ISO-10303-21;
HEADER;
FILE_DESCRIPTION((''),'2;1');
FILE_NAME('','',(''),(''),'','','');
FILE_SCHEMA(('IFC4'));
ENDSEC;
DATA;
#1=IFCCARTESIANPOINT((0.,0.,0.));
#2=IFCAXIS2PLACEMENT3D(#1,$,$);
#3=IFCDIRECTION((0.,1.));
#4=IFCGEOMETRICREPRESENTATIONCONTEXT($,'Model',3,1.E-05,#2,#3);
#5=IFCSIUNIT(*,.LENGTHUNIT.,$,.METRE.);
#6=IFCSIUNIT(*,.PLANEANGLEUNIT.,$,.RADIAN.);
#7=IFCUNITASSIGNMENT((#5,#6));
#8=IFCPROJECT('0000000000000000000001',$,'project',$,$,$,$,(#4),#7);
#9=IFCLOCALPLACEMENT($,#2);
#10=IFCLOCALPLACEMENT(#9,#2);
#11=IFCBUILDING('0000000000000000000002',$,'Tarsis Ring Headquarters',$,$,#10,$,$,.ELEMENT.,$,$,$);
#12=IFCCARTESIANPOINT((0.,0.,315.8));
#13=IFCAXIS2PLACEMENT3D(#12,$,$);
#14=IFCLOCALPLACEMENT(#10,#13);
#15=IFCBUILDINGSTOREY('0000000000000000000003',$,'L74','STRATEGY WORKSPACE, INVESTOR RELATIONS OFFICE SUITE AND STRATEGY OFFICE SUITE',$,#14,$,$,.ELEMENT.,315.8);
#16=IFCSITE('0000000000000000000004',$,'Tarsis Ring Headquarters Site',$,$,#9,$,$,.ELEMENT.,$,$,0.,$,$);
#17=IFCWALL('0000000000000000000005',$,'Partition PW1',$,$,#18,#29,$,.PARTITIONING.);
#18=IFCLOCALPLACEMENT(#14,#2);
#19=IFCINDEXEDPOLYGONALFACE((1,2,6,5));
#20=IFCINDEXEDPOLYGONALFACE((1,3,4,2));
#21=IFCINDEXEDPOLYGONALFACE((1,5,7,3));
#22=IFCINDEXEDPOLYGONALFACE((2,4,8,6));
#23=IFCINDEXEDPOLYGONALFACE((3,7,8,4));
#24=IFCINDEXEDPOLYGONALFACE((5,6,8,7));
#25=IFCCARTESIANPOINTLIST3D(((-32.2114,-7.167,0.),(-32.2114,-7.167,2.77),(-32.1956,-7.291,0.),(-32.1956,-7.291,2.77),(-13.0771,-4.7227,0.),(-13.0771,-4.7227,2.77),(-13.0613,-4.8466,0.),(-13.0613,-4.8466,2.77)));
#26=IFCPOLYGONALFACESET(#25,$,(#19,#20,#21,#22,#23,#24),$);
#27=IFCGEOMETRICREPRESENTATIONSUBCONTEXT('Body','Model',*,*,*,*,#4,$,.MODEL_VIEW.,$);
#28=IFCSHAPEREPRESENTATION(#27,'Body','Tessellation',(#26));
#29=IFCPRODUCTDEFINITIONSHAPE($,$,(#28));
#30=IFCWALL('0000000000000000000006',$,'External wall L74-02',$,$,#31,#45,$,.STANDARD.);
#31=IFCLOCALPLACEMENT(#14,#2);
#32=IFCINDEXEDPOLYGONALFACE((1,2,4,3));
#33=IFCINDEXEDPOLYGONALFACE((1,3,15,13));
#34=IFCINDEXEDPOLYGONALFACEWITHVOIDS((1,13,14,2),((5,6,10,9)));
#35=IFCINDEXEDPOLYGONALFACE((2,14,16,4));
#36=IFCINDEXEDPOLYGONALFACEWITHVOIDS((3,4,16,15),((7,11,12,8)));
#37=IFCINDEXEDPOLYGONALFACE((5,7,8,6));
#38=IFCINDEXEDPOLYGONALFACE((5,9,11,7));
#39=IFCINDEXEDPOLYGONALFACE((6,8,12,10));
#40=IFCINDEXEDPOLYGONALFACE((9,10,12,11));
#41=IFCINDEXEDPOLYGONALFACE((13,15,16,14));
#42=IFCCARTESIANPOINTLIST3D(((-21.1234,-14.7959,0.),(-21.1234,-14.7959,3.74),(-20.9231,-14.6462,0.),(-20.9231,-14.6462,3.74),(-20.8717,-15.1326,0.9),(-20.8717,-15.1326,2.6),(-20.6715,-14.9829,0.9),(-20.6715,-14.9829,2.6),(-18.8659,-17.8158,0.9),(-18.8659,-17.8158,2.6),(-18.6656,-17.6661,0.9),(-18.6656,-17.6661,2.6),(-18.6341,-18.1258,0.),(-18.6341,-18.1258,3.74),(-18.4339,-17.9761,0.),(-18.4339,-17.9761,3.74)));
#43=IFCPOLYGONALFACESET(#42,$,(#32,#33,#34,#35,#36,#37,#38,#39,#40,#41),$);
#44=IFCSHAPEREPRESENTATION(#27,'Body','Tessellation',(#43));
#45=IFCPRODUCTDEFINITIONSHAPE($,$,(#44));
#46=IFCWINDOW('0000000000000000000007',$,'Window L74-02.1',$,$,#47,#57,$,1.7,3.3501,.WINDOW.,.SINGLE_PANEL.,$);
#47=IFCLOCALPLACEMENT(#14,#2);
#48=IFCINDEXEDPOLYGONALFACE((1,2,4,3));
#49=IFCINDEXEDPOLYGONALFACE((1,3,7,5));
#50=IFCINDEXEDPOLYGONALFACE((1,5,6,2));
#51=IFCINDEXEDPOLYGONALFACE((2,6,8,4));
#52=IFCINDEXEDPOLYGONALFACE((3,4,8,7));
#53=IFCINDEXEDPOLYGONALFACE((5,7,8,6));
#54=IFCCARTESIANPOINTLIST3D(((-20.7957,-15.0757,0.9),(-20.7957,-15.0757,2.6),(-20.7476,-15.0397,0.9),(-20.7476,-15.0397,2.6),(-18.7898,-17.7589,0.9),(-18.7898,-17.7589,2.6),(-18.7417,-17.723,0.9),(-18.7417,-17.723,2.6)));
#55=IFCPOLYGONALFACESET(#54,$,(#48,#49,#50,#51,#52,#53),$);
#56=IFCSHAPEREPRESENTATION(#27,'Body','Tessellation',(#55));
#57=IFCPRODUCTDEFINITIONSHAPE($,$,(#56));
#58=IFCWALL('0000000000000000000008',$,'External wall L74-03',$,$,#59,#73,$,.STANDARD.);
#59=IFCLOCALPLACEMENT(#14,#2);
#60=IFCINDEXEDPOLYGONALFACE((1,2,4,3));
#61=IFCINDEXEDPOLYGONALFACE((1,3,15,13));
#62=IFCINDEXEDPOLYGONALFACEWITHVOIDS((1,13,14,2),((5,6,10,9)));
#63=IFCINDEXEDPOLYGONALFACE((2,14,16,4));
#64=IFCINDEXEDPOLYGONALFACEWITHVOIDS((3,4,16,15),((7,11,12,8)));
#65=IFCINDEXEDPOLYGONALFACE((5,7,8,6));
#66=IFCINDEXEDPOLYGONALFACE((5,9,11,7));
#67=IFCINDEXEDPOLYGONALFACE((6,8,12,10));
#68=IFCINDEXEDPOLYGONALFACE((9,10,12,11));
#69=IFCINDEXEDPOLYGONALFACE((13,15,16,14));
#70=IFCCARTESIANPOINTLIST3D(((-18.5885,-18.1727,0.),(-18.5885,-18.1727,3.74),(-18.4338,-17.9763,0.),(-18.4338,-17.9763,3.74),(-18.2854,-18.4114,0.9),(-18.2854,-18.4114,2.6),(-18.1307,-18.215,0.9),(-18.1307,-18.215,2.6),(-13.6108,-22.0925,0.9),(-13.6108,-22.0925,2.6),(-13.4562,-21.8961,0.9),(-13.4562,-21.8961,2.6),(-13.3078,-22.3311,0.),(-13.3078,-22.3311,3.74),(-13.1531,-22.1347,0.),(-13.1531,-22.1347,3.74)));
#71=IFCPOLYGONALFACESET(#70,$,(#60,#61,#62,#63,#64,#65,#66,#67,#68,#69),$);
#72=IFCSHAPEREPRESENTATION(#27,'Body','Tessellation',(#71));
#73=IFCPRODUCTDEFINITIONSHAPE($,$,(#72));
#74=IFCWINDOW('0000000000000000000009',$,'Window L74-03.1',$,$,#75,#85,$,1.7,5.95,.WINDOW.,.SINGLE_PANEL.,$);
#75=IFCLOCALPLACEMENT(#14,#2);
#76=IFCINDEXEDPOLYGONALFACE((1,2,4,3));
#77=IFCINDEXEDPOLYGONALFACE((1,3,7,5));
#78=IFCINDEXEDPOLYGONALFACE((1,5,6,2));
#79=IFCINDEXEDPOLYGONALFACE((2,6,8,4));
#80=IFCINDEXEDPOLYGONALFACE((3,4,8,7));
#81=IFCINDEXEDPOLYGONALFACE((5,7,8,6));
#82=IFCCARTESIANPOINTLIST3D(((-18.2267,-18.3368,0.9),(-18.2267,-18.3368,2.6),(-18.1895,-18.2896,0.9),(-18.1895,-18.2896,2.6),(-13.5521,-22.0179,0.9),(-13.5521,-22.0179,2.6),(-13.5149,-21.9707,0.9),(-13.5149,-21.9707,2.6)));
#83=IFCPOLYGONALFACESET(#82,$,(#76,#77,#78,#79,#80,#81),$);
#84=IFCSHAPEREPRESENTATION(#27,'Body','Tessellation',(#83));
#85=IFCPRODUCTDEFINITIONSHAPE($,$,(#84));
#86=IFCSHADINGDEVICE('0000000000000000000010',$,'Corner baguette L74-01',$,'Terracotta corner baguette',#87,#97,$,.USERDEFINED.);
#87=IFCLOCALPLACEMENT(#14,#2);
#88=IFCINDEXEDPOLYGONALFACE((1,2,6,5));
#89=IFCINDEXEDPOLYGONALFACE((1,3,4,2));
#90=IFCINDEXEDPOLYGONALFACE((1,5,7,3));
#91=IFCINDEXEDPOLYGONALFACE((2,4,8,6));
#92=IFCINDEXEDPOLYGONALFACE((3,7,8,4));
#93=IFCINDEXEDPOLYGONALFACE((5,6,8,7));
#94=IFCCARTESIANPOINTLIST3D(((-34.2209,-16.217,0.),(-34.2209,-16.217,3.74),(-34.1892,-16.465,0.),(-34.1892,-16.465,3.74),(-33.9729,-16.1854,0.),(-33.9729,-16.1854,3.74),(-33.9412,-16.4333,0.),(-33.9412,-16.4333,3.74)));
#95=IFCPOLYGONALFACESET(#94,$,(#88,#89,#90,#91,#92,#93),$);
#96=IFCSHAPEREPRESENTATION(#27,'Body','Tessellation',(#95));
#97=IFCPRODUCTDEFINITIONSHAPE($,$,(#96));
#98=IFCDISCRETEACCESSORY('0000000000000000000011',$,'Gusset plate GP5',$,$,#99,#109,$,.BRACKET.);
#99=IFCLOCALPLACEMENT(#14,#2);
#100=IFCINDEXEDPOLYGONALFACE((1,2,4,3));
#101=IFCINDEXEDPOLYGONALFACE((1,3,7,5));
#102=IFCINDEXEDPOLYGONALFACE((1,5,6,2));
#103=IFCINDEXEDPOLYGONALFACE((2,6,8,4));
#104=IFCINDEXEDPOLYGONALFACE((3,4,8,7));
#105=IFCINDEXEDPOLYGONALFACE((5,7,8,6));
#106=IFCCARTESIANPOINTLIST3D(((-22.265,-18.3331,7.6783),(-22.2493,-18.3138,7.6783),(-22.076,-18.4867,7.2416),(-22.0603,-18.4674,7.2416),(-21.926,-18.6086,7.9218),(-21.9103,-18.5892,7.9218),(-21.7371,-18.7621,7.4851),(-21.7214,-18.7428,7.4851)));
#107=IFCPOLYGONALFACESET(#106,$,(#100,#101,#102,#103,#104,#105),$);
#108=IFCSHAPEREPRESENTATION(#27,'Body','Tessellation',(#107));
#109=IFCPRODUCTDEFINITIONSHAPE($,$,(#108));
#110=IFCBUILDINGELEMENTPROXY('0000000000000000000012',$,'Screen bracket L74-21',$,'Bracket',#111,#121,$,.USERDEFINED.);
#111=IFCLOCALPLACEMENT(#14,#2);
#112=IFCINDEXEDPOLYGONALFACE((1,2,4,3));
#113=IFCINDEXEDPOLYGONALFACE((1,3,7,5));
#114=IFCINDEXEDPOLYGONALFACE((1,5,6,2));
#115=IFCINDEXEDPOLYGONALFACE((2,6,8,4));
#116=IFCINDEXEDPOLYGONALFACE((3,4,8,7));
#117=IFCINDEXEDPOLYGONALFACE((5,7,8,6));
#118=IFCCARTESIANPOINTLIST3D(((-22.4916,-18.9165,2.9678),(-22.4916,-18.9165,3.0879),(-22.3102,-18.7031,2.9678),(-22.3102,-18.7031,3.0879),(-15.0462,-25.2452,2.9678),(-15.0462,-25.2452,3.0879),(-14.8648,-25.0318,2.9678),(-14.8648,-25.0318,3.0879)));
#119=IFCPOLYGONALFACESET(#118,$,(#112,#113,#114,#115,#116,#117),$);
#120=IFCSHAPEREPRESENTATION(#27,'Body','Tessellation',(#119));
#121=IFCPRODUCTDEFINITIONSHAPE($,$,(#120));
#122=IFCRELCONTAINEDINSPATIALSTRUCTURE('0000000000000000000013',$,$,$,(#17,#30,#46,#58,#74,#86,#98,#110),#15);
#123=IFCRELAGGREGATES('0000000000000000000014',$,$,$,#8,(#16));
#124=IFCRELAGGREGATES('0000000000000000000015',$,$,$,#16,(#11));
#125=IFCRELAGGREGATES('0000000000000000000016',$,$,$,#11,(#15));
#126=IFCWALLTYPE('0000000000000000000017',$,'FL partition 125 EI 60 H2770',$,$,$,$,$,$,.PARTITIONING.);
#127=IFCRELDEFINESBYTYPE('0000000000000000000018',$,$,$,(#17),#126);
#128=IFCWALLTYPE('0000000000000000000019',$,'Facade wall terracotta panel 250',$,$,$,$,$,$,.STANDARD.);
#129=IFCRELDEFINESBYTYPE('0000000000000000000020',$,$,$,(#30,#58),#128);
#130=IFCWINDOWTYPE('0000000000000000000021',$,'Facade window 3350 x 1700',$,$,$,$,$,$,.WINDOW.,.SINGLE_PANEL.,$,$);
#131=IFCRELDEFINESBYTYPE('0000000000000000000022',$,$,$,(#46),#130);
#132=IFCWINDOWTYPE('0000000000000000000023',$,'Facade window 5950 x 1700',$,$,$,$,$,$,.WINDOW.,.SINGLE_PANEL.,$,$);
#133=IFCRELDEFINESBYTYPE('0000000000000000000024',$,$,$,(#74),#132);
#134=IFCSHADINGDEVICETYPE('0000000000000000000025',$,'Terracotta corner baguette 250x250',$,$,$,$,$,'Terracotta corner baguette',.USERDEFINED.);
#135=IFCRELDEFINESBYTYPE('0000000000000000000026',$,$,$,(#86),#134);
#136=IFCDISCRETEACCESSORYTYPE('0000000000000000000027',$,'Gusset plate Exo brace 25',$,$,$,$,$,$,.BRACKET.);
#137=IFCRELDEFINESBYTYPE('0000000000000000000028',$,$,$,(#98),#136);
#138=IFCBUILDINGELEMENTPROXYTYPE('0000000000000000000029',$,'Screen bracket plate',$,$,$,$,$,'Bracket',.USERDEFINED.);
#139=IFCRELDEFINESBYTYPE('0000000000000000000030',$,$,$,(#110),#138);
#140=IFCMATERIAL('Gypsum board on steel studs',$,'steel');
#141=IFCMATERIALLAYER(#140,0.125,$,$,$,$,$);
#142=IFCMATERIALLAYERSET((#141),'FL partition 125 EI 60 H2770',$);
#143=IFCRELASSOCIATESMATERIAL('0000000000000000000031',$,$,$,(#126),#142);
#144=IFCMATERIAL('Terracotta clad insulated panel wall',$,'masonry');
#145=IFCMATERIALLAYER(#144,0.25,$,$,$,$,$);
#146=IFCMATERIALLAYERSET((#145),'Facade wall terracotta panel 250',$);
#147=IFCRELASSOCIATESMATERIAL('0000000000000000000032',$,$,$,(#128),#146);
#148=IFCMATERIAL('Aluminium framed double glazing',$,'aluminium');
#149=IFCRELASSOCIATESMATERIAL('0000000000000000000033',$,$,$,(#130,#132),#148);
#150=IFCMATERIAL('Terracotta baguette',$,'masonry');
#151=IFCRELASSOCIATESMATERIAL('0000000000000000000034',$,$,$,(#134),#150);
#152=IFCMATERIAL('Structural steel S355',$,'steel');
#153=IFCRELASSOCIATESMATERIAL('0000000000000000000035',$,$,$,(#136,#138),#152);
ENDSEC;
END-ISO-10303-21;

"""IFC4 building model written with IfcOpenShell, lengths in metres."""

from ifc_helpers import new_model, si_unit, direction, frame, frame_2d, origin, origin_2d, place, context, subcontext, project, spatial, rectangle, extrude, material, layer, layer_set, material_profile, profile_set, type_object, element, fill, save


model = new_model("IFC4")

# Units and contexts
model_context = context("Model", 3, precision=1e-05, world=origin(), true_north=direction((0.0, 1.0)))
body_context = subcontext(model_context, "Body", "Model", "MODEL_VIEW")
ifc_project = project(units=[si_unit("LENGTHUNIT", "METRE"), si_unit("PLANEANGLEUNIT", "RADIAN")], contexts=[model_context])

# Site, building, storey
site_placement = place(None, origin())
site = spatial("IfcSite", under=ifc_project, at=site_placement, Name="Tarsis Ring Headquarters Site", CompositionType="ELEMENT", RefElevation=0.0)
building_placement = place(site_placement, origin())
building = spatial("IfcBuilding", under=site, at=building_placement, Name="Tarsis Ring Headquarters", CompositionType="ELEMENT")
storey_placement = place(building_placement, frame((0.0, 0.0, 315.8)))
storey = spatial("IfcBuildingStorey", under=building, at=storey_placement, Name="L74", Description="STRATEGY WORKSPACE, INVESTOR RELATIONS OFFICE SUITE AND STRATEGY OFFICE SUITE", CompositionType="ELEMENT", Elevation=315.8)

# Shared definitions
ifc_material_1 = material(Name="Structural steel S355", Category="steel")

# Wall
ifc_material_2 = material(Name="Gypsum board on steel studs", Category="steel")
ifc_layer_1 = layer(ifc_material_2, 0.125)
ifc_layer_set_1 = layer_set([ifc_layer_1], Name="FL partition 125 EI 60 H2770")
wall_type_1 = type_object("IfcWallType", Name="FL partition 125 EI 60 H2770", PredefinedType="PARTITIONING", material=ifc_layer_set_1)
wall_1_placement = place(storey_placement, frame((-32.2036, -7.229, 0.0), z_axis=(0.0, 0.0, 1.0), x_axis=(0.991939, 0.126717, 0.0)))
element("IfcWall", 1, at=wall_1_placement, inside=storey, type_object=wall_type_1, Name="Partition PW1", PredefinedType="PARTITIONING", context=body_context, shape_type="SweptSolid", body=[
    extrude(rectangle(XDim=19.2898, YDim=0.125, at=frame_2d((9.645, 0.0))), origin(), (0.0, 0.0, 1.0), 2.77),
])

# Shared definitions
ifc_material_3 = material(Name="Terracotta clad insulated panel wall", Category="masonry")
ifc_layer_2 = layer(ifc_material_3, 0.25)
ifc_layer_set_2 = layer_set([ifc_layer_2], Name="Facade wall terracotta panel 250")
wall_type_2 = type_object("IfcWallType", Name="Facade wall terracotta panel 250", PredefinedType="STANDARD", material=ifc_layer_set_2)
ifc_material_4 = material(Name="Aluminium framed double glazing", Category="aluminium")

# Walls, openings, windows
wall_2_placement = place(storey_placement, frame((-21.0232, -14.7212, 0.0), z_axis=(0.0, 0.0, 1.0), x_axis=(0.59875, -0.800936, 0.0)))
wall_2 = element("IfcWall", 2, at=wall_2_placement, inside=storey, type_object=wall_type_2, Name="External wall L74-02", PredefinedType="STANDARD", context=body_context, shape_type="SweptSolid", body=[
    extrude(rectangle(XDim=4.1575, YDim=0.25, at=frame_2d((2.0786, 0.0))), origin(), (0.0, 0.0, 1.0), 3.74),
])
opening_1_placement = place(wall_2_placement, frame((0.4202, 0.0, 0.8999)))
opening_1 = element("IfcOpeningElement", 3, at=opening_1_placement, cuts=wall_2, PredefinedType="OPENING", context=body_context, shape_type="SweptSolid", body=[
    extrude(rectangle(XDim=3.3501, YDim=1.7, at=frame_2d((1.675, 0.8501))), frame((0.0, 0.135, 0.0), z_axis=(0.0, -1.0, 0.0), x_axis=(1.0, 0.0, 0.0)), (0.0, 0.0, 1.0), 0.27),
])
window_type_1 = type_object("IfcWindowType", Name="Facade window 3350 x 1700", PartitioningType="SINGLE_PANEL", PredefinedType="WINDOW", material=ifc_material_4)
window_1_placement = place(opening_1_placement, origin())
window_1 = element("IfcWindow", 4, at=window_1_placement, inside=storey, type_object=window_type_1, Name="Window L74-02.1", OverallHeight=1.7, OverallWidth=3.3501, PartitioningType="SINGLE_PANEL", PredefinedType="WINDOW", context=body_context, shape_type="SweptSolid", body=[
    extrude(rectangle(XDim=3.3501, YDim=1.7, at=frame_2d((1.675, 0.8501))), frame((0.0, 0.03, 0.0), z_axis=(0.0, -1.0, 0.0), x_axis=(1.0, 0.0, 0.0)), (0.0, 0.0, 1.0), 0.0601),
])
fill(opening_1, window_1)
wall_3_placement = place(storey_placement, frame((-18.5112, -18.0745, 0.0), z_axis=(0.0, 0.0, 1.0), x_axis=(0.785647, -0.618675, 0.0)))
wall_3 = element("IfcWall", 5, at=wall_3_placement, inside=storey, type_object=wall_type_2, Name="External wall L74-03", PredefinedType="STANDARD", context=body_context, shape_type="SweptSolid", body=[
    extrude(rectangle(XDim=6.7214, YDim=0.25, at=frame_2d((3.3608, 0.0))), origin(), (0.0, 0.0, 1.0), 3.74),
])
opening_2_placement = place(wall_3_placement, frame((0.3857, 0.0, 0.8999)))
opening_2 = element("IfcOpeningElement", 6, at=opening_2_placement, cuts=wall_3, PredefinedType="OPENING", context=body_context, shape_type="SweptSolid", body=[
    extrude(rectangle(XDim=5.95, YDim=1.7, at=frame_2d((2.9751, 0.8501))), frame((0.0, 0.135, 0.0), z_axis=(0.0, -1.0, 0.0), x_axis=(1.0, 0.0, 0.0)), (0.0, 0.0, 1.0), 0.27),
])
window_type_2 = type_object("IfcWindowType", Name="Facade window 5950 x 1700", PartitioningType="SINGLE_PANEL", PredefinedType="WINDOW", material=ifc_material_4)
window_2_placement = place(opening_2_placement, origin())
window_2 = element("IfcWindow", 7, at=window_2_placement, inside=storey, type_object=window_type_2, Name="Window L74-03.1", OverallHeight=1.7, OverallWidth=5.95, PartitioningType="SINGLE_PANEL", PredefinedType="WINDOW", context=body_context, shape_type="SweptSolid", body=[
    extrude(rectangle(XDim=5.95, YDim=1.7, at=frame_2d((2.9751, 0.8501))), frame((0.0, 0.03, 0.0), z_axis=(0.0, -1.0, 0.0), x_axis=(1.0, 0.0, 0.0)), (0.0, 0.0, 1.0), 0.0601),
])
fill(opening_2, window_2)

# Shading device
ifc_material_5 = material(Name="Terracotta baguette", Category="masonry")
shading_device_type_1 = type_object("IfcShadingDeviceType", Name="Terracotta corner baguette 250x250", ElementType="Terracotta corner baguette", PredefinedType="USERDEFINED", material=ifc_material_5)
shading_device_1_placement = place(storey_placement, frame((-34.0811, -16.3252, 0.0), z_axis=(0.0, 0.0, 1.0), x_axis=(0.126719, -0.991939, 0.0)))
element("IfcShadingDevice", 8, at=shading_device_1_placement, inside=storey, type_object=shading_device_type_1, Name="Corner baguette L74-01", ObjectType="Terracotta corner baguette", PredefinedType="USERDEFINED", context=body_context, shape_type="SweptSolid", body=[
    extrude(rectangle(XDim=0.25, YDim=0.25, at=origin_2d()), origin(), (0.0, 0.0, 1.0), 3.74),
])

# Discrete accessory
ifc_material_profile_1 = material_profile(ifc_material_1, rectangle(XDim=0.0249, YDim=0.5, at=origin_2d()), Name="PL 25x500")
ifc_profile_set_1 = profile_set([ifc_material_profile_1], Name="Structural steel S355")
discrete_accessory_type = type_object("IfcDiscreteAccessoryType", Name="Gusset plate Exo brace 25", PredefinedType="BRACKET", material=ifc_profile_set_1)
discrete_accessory_placement = place(storey_placement, frame((-22.0876, -18.4612, 7.8), z_axis=(0.377888, -0.307095, -0.873438), x_axis=(0.630668, 0.776053, 0.0)))
element("IfcDiscreteAccessory", 9, at=discrete_accessory_placement, inside=storey, type_object=discrete_accessory_type, Name="Gusset plate GP5", PredefinedType="BRACKET", context=body_context, shape_type="SweptSolid", body=[
    extrude(rectangle(XDim=0.0249, YDim=0.5, at=origin_2d()), origin(), (0.0, 0.0, 1.0), 0.5),
])

# Building element proxy
building_element_proxy_type = type_object("IfcBuildingElementProxyType", Name="Screen bracket plate", ElementType="Bracket", PredefinedType="USERDEFINED", material=ifc_material_1)
proxy_placement = place(storey_placement, frame((-18.6782, -21.9741, 2.9678), z_axis=(0.0, 0.0, 1.0), x_axis=(0.761934, -0.647654, 0.0)))
element("IfcBuildingElementProxy", 10, at=proxy_placement, inside=storey, type_object=building_element_proxy_type, Name="Screen bracket L74-21", ObjectType="Bracket", PredefinedType="USERDEFINED", context=body_context, shape_type="SweptSolid", body=[
    extrude(rectangle(XDim=9.7717, YDim=0.28, at=origin_2d()), origin(), (0.0, 0.0, 1.0), 0.1201),
])

save(model, "model.ifc")
